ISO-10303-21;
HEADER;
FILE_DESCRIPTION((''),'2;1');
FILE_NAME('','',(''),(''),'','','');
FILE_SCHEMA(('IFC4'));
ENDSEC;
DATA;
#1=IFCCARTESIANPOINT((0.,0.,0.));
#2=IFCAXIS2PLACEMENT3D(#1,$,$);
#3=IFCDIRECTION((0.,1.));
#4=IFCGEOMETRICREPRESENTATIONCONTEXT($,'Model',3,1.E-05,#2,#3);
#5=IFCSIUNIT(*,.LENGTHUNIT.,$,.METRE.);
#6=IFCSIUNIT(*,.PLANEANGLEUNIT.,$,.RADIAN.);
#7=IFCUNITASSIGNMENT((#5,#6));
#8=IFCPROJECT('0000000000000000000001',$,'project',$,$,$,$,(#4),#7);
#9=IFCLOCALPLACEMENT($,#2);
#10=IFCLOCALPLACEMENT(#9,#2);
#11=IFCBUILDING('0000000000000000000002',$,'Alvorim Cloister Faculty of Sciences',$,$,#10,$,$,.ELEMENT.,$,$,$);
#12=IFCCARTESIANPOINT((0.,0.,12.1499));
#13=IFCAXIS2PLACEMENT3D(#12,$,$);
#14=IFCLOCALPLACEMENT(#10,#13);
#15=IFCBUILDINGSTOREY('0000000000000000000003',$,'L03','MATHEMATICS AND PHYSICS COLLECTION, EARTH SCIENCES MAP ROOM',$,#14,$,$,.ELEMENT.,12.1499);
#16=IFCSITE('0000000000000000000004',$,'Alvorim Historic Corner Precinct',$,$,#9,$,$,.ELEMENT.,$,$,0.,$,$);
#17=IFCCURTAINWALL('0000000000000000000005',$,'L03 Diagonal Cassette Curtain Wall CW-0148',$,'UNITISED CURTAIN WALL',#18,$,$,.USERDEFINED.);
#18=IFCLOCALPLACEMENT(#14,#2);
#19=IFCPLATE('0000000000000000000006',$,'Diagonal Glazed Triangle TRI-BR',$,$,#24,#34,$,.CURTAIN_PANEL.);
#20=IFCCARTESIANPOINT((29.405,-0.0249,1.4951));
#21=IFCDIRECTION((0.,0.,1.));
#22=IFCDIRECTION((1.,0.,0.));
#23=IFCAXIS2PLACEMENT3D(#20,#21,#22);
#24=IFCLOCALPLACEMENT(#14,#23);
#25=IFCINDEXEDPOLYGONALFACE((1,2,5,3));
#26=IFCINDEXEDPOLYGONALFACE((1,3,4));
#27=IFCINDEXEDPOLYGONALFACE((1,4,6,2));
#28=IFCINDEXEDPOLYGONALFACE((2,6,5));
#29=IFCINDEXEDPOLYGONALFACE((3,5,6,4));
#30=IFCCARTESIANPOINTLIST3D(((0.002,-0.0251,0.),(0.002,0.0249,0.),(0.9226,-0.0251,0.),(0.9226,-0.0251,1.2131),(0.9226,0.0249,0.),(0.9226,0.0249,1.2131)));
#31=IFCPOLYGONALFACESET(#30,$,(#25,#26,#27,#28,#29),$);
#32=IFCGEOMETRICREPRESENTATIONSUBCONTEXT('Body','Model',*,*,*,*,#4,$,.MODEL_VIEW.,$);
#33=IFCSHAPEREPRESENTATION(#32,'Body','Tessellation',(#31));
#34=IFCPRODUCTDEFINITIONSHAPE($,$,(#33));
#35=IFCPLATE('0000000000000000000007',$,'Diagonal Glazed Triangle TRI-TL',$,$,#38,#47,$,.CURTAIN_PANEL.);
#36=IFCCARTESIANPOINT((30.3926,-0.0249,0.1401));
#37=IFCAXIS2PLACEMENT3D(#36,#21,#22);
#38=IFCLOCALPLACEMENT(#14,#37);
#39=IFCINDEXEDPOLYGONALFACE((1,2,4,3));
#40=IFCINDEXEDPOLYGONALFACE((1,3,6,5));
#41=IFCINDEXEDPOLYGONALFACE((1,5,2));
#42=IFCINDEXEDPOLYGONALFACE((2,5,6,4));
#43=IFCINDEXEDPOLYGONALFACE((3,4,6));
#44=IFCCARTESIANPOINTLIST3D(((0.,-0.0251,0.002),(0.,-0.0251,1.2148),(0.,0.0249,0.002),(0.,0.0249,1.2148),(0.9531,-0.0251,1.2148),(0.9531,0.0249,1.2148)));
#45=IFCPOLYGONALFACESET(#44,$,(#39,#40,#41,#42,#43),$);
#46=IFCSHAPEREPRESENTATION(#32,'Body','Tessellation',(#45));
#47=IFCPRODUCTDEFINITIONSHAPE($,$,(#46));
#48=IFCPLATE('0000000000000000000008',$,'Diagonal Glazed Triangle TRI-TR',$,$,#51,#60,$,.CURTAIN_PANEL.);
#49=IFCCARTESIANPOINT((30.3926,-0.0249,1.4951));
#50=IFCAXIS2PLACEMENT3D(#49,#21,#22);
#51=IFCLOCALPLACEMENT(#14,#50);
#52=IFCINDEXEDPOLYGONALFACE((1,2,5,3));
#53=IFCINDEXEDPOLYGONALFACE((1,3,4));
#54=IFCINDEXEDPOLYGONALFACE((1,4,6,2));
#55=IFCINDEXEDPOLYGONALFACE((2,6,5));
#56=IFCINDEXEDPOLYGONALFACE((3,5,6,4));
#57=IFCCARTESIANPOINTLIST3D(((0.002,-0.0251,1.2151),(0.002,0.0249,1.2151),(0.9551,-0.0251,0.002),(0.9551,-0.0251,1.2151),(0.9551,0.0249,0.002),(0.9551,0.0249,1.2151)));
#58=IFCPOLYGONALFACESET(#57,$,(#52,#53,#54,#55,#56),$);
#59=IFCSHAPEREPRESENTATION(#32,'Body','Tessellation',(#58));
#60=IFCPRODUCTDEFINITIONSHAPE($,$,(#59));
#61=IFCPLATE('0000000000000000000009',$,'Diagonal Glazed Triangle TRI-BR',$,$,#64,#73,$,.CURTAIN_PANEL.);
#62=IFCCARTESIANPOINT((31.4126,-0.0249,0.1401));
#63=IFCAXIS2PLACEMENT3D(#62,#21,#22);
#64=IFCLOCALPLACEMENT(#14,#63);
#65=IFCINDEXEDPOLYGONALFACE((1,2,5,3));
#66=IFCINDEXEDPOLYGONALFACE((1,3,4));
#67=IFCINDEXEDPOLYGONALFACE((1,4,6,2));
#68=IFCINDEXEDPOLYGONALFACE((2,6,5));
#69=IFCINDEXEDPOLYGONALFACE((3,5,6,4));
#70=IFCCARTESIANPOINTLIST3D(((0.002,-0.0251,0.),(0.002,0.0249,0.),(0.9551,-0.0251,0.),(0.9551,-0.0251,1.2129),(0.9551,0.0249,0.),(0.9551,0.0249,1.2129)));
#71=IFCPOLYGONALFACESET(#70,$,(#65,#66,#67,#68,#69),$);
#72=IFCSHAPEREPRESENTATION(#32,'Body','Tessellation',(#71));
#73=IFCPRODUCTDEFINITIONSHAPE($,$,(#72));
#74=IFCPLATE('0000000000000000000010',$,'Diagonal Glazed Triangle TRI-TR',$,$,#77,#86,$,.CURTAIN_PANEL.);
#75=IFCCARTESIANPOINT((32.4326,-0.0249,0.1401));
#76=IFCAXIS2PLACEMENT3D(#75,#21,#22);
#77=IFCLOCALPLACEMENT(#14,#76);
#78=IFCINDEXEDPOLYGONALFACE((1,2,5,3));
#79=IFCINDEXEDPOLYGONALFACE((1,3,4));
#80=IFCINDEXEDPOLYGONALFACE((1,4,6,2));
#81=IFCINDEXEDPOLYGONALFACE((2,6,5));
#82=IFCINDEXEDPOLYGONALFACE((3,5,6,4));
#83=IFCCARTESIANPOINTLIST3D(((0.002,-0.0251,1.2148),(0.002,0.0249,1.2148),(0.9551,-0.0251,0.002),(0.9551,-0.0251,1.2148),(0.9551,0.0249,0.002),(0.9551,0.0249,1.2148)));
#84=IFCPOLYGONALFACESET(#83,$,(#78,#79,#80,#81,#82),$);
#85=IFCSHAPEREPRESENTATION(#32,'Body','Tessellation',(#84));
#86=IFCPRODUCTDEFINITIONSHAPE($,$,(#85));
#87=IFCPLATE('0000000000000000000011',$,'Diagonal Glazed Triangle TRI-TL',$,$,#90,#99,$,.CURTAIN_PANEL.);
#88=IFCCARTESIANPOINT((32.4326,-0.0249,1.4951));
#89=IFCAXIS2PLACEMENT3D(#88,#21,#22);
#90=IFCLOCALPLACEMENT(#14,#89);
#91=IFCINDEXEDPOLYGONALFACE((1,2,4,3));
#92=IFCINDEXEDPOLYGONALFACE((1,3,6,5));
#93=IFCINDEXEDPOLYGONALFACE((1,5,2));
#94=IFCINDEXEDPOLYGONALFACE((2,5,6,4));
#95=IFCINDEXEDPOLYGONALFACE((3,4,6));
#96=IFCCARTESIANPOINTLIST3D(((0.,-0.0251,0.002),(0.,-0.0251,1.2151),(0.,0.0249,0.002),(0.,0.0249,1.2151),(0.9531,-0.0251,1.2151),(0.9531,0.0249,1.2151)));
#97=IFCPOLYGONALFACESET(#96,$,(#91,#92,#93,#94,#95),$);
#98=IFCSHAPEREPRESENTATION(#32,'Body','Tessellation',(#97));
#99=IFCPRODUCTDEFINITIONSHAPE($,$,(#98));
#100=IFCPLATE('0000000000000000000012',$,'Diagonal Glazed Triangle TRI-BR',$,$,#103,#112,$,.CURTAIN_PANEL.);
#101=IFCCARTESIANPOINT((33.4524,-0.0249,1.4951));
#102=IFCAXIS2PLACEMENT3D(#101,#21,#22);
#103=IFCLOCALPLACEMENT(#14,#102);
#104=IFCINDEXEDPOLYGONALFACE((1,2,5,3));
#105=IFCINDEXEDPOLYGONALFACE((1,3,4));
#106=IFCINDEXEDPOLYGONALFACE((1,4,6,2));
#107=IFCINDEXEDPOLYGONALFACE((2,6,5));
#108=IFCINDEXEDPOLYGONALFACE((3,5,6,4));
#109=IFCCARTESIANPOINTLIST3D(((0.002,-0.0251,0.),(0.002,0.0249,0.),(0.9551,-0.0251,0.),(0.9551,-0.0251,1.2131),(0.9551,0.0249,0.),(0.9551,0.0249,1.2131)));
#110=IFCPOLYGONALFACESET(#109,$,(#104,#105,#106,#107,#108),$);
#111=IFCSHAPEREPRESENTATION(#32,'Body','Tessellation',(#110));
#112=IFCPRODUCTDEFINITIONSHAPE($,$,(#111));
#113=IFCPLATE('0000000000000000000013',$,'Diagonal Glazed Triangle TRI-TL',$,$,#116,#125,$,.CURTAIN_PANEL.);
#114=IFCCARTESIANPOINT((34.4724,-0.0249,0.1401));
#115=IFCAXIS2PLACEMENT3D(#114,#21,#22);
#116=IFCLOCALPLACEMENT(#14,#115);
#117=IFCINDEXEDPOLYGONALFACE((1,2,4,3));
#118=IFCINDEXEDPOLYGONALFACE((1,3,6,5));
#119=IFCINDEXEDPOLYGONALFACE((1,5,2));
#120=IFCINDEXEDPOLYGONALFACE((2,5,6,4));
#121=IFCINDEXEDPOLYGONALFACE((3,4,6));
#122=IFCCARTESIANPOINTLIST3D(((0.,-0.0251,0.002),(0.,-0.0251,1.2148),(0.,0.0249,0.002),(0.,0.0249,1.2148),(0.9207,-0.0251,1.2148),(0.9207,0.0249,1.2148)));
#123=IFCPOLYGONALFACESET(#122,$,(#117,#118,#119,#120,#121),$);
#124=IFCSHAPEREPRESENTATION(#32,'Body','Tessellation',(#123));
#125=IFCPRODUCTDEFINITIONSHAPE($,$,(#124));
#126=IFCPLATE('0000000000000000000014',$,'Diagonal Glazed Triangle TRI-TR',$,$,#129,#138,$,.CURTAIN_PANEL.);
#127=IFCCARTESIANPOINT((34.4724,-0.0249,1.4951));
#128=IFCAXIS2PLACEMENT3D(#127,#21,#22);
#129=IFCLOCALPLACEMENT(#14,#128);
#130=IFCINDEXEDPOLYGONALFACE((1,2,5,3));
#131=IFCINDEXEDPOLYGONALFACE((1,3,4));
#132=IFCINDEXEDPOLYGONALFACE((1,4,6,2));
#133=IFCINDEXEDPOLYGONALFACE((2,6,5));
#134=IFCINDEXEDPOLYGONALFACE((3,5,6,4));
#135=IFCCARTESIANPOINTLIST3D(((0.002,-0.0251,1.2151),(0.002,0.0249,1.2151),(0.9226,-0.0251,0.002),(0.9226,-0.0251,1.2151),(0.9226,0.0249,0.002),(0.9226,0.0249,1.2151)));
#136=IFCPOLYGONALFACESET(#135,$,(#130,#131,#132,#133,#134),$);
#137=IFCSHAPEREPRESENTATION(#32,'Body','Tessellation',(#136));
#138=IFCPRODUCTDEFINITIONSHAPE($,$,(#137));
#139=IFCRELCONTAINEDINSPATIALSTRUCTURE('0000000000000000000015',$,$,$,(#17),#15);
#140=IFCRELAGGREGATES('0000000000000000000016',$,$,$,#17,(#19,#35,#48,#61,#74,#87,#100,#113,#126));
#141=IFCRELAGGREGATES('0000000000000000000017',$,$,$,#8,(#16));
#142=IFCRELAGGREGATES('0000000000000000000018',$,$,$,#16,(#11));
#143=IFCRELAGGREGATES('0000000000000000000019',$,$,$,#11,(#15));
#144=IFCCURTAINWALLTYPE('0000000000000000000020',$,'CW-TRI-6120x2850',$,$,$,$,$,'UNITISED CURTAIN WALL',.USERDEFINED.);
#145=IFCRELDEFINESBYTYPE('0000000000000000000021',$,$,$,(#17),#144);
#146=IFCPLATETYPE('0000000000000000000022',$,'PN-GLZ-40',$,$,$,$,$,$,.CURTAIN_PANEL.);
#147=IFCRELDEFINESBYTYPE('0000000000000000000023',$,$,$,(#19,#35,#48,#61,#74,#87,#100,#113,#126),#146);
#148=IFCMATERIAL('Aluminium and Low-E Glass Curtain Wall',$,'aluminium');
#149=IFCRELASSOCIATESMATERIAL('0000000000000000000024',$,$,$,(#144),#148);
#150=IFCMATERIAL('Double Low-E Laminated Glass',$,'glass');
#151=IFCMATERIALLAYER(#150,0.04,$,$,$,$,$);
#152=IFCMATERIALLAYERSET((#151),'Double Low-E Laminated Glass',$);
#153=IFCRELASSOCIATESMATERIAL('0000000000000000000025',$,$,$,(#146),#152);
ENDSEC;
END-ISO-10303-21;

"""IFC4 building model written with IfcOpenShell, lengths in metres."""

from ifc_helpers import new_model, si_unit, direction, frame, origin, place, context, subcontext, project, spatial, polyline, outline, extrude, material, layer, layer_set, type_object, element, aggregate, save


model = new_model("IFC4")

# Units and contexts
model_context = context("Model", 3, precision=1e-05, world=origin(), true_north=direction((0.0, 1.0)))
body_context = subcontext(model_context, "Body", "Model", "MODEL_VIEW")
ifc_project = project(units=[si_unit("LENGTHUNIT", "METRE"), si_unit("PLANEANGLEUNIT", "RADIAN")], contexts=[model_context])

# Site, building, storey
site_placement = place(None, origin())
site = spatial("IfcSite", under=ifc_project, at=site_placement, Name="Alvorim Historic Corner Precinct", CompositionType="ELEMENT", RefElevation=0.0)
building_placement = place(site_placement, origin())
building = spatial("IfcBuilding", under=site, at=building_placement, Name="Alvorim Cloister Faculty of Sciences", CompositionType="ELEMENT")
storey_placement = place(building_placement, frame((0.0, 0.0, 12.1499)))
storey = spatial("IfcBuildingStorey", under=building, at=storey_placement, Name="L03", Description="MATHEMATICS AND PHYSICS COLLECTION, EARTH SCIENCES MAP ROOM", CompositionType="ELEMENT", Elevation=12.1499)

# Shared definitions
ifc_material_1 = material(Name="Aluminium and Low-E Glass Curtain Wall", Category="aluminium")
curtain_wall_type = type_object("IfcCurtainWallType", Name="CW-TRI-6120x2850", ElementType="UNITISED CURTAIN WALL", PredefinedType="USERDEFINED", material=ifc_material_1)

# Curtain wall, plates
curtain_wall_1_placement = place(storey_placement, origin())
curtain_wall_1 = element("IfcCurtainWall", 1, at=curtain_wall_1_placement, inside=storey, type_object=curtain_wall_type, Name="L03 Diagonal Cassette Curtain Wall CW-0148", ObjectType="UNITISED CURTAIN WALL", PredefinedType="USERDEFINED")
ifc_material_2 = material(Name="Double Low-E Laminated Glass", Category="glass")
ifc_layer_1 = layer(ifc_material_2, 0.04)
ifc_layer_set_1 = layer_set([ifc_layer_1], Name="Double Low-E Laminated Glass")
plate_type = type_object("IfcPlateType", Name="PN-GLZ-40", PredefinedType="CURTAIN_PANEL", material=ifc_layer_set_1)
plate_1_placement = place(storey_placement, frame((29.405, -0.0249, 1.4951), z_axis=(0.0, 0.0, 1.0), x_axis=(1.0, 0.0, 0.0)))
plate_1 = element("IfcPlate", 2, at=plate_1_placement, type_object=plate_type, Name="Diagonal Glazed Triangle TRI-BR", PredefinedType="CURTAIN_PANEL", context=body_context, shape_type="SweptSolid", body=[
    extrude(outline(polyline([(0.002, 0.0), (0.9226, 0.0), (0.9226, 1.2131), (0.002, 0.0)])), frame((0.0, 0.0249, 0.0), z_axis=(0.0, -1.0, 0.0), x_axis=(1.0, 0.0, 0.0)), (0.0, 0.0, 1.0), 0.05),
])
plate_2_placement = place(storey_placement, frame((30.3926, -0.0249, 0.1401), z_axis=(0.0, 0.0, 1.0), x_axis=(1.0, 0.0, 0.0)))
plate_2 = element("IfcPlate", 3, at=plate_2_placement, type_object=plate_type, Name="Diagonal Glazed Triangle TRI-TL", PredefinedType="CURTAIN_PANEL", context=body_context, shape_type="SweptSolid", body=[
    extrude(outline(polyline([(0.9531, 1.2148), (0.0, 1.2148), (0.0, 0.002), (0.9531, 1.2148)])), frame((0.0, 0.0249, 0.0), z_axis=(0.0, -1.0, 0.0), x_axis=(1.0, 0.0, 0.0)), (0.0, 0.0, 1.0), 0.05),
])
plate_3_placement = place(storey_placement, frame((30.3926, -0.0249, 1.4951), z_axis=(0.0, 0.0, 1.0), x_axis=(1.0, 0.0, 0.0)))
plate_3 = element("IfcPlate", 4, at=plate_3_placement, type_object=plate_type, Name="Diagonal Glazed Triangle TRI-TR", PredefinedType="CURTAIN_PANEL", context=body_context, shape_type="SweptSolid", body=[
    extrude(outline(polyline([(0.9551, 0.002), (0.9551, 1.2151), (0.002, 1.2151), (0.9551, 0.002)])), frame((0.0, 0.0249, 0.0), z_axis=(0.0, -1.0, 0.0), x_axis=(1.0, 0.0, 0.0)), (0.0, 0.0, 1.0), 0.05),
])
plate_4_placement = place(storey_placement, frame((31.4126, -0.0249, 0.1401), z_axis=(0.0, 0.0, 1.0), x_axis=(1.0, 0.0, 0.0)))
plate_4 = element("IfcPlate", 5, at=plate_4_placement, type_object=plate_type, Name="Diagonal Glazed Triangle TRI-BR", PredefinedType="CURTAIN_PANEL", context=body_context, shape_type="SweptSolid", body=[
    extrude(outline(polyline([(0.002, 0.0), (0.9551, 0.0), (0.9551, 1.2129), (0.002, 0.0)])), frame((0.0, 0.0249, 0.0), z_axis=(0.0, -1.0, 0.0), x_axis=(1.0, 0.0, 0.0)), (0.0, 0.0, 1.0), 0.05),
])
plate_5_placement = place(storey_placement, frame((32.4326, -0.0249, 0.1401), z_axis=(0.0, 0.0, 1.0), x_axis=(1.0, 0.0, 0.0)))
plate_5 = element("IfcPlate", 6, at=plate_5_placement, type_object=plate_type, Name="Diagonal Glazed Triangle TRI-TR", PredefinedType="CURTAIN_PANEL", context=body_context, shape_type="SweptSolid", body=[
    extrude(outline(polyline([(0.9551, 0.002), (0.9551, 1.2148), (0.002, 1.2148), (0.9551, 0.002)])), frame((0.0, 0.0249, 0.0), z_axis=(0.0, -1.0, 0.0), x_axis=(1.0, 0.0, 0.0)), (0.0, 0.0, 1.0), 0.05),
])
plate_6_placement = place(storey_placement, frame((32.4326, -0.0249, 1.4951), z_axis=(0.0, 0.0, 1.0), x_axis=(1.0, 0.0, 0.0)))
plate_6 = element("IfcPlate", 7, at=plate_6_placement, type_object=plate_type, Name="Diagonal Glazed Triangle TRI-TL", PredefinedType="CURTAIN_PANEL", context=body_context, shape_type="SweptSolid", body=[
    extrude(outline(polyline([(0.9531, 1.2151), (0.0, 1.2151), (0.0, 0.002), (0.9531, 1.2151)])), frame((0.0, 0.0249, 0.0), z_axis=(0.0, -1.0, 0.0), x_axis=(1.0, 0.0, 0.0)), (0.0, 0.0, 1.0), 0.05),
])
plate_7_placement = place(storey_placement, frame((33.4524, -0.0249, 1.4951), z_axis=(0.0, 0.0, 1.0), x_axis=(1.0, 0.0, 0.0)))
plate_7 = element("IfcPlate", 8, at=plate_7_placement, type_object=plate_type, Name="Diagonal Glazed Triangle TRI-BR", PredefinedType="CURTAIN_PANEL", context=body_context, shape_type="SweptSolid", body=[
    extrude(outline(polyline([(0.002, 0.0), (0.9551, 0.0), (0.9551, 1.2131), (0.002, 0.0)])), frame((0.0, 0.0249, 0.0), z_axis=(0.0, -1.0, 0.0), x_axis=(1.0, 0.0, 0.0)), (0.0, 0.0, 1.0), 0.05),
])
plate_8_placement = place(storey_placement, frame((34.4724, -0.0249, 0.1401), z_axis=(0.0, 0.0, 1.0), x_axis=(1.0, 0.0, 0.0)))
plate_8 = element("IfcPlate", 9, at=plate_8_placement, type_object=plate_type, Name="Diagonal Glazed Triangle TRI-TL", PredefinedType="CURTAIN_PANEL", context=body_context, shape_type="SweptSolid", body=[
    extrude(outline(polyline([(0.9207, 1.2148), (0.0, 1.2148), (0.0, 0.002), (0.9207, 1.2148)])), frame((0.0, 0.0249, 0.0), z_axis=(0.0, -1.0, 0.0), x_axis=(1.0, 0.0, 0.0)), (0.0, 0.0, 1.0), 0.05),
])
plate_9_placement = place(storey_placement, frame((34.4724, -0.0249, 1.4951), z_axis=(0.0, 0.0, 1.0), x_axis=(1.0, 0.0, 0.0)))
plate_9 = element("IfcPlate", 10, at=plate_9_placement, type_object=plate_type, Name="Diagonal Glazed Triangle TRI-TR", PredefinedType="CURTAIN_PANEL", context=body_context, shape_type="SweptSolid", body=[
    extrude(outline(polyline([(0.9226, 0.002), (0.9226, 1.2151), (0.002, 1.2151), (0.9226, 0.002)])), frame((0.0, 0.0249, 0.0), z_axis=(0.0, -1.0, 0.0), x_axis=(1.0, 0.0, 0.0)), (0.0, 0.0, 1.0), 0.05),
])
aggregate(curtain_wall_1, [plate_1, plate_2, plate_3, plate_4, plate_5, plate_6, plate_7, plate_8, plate_9])

save(model, "model.ifc")
